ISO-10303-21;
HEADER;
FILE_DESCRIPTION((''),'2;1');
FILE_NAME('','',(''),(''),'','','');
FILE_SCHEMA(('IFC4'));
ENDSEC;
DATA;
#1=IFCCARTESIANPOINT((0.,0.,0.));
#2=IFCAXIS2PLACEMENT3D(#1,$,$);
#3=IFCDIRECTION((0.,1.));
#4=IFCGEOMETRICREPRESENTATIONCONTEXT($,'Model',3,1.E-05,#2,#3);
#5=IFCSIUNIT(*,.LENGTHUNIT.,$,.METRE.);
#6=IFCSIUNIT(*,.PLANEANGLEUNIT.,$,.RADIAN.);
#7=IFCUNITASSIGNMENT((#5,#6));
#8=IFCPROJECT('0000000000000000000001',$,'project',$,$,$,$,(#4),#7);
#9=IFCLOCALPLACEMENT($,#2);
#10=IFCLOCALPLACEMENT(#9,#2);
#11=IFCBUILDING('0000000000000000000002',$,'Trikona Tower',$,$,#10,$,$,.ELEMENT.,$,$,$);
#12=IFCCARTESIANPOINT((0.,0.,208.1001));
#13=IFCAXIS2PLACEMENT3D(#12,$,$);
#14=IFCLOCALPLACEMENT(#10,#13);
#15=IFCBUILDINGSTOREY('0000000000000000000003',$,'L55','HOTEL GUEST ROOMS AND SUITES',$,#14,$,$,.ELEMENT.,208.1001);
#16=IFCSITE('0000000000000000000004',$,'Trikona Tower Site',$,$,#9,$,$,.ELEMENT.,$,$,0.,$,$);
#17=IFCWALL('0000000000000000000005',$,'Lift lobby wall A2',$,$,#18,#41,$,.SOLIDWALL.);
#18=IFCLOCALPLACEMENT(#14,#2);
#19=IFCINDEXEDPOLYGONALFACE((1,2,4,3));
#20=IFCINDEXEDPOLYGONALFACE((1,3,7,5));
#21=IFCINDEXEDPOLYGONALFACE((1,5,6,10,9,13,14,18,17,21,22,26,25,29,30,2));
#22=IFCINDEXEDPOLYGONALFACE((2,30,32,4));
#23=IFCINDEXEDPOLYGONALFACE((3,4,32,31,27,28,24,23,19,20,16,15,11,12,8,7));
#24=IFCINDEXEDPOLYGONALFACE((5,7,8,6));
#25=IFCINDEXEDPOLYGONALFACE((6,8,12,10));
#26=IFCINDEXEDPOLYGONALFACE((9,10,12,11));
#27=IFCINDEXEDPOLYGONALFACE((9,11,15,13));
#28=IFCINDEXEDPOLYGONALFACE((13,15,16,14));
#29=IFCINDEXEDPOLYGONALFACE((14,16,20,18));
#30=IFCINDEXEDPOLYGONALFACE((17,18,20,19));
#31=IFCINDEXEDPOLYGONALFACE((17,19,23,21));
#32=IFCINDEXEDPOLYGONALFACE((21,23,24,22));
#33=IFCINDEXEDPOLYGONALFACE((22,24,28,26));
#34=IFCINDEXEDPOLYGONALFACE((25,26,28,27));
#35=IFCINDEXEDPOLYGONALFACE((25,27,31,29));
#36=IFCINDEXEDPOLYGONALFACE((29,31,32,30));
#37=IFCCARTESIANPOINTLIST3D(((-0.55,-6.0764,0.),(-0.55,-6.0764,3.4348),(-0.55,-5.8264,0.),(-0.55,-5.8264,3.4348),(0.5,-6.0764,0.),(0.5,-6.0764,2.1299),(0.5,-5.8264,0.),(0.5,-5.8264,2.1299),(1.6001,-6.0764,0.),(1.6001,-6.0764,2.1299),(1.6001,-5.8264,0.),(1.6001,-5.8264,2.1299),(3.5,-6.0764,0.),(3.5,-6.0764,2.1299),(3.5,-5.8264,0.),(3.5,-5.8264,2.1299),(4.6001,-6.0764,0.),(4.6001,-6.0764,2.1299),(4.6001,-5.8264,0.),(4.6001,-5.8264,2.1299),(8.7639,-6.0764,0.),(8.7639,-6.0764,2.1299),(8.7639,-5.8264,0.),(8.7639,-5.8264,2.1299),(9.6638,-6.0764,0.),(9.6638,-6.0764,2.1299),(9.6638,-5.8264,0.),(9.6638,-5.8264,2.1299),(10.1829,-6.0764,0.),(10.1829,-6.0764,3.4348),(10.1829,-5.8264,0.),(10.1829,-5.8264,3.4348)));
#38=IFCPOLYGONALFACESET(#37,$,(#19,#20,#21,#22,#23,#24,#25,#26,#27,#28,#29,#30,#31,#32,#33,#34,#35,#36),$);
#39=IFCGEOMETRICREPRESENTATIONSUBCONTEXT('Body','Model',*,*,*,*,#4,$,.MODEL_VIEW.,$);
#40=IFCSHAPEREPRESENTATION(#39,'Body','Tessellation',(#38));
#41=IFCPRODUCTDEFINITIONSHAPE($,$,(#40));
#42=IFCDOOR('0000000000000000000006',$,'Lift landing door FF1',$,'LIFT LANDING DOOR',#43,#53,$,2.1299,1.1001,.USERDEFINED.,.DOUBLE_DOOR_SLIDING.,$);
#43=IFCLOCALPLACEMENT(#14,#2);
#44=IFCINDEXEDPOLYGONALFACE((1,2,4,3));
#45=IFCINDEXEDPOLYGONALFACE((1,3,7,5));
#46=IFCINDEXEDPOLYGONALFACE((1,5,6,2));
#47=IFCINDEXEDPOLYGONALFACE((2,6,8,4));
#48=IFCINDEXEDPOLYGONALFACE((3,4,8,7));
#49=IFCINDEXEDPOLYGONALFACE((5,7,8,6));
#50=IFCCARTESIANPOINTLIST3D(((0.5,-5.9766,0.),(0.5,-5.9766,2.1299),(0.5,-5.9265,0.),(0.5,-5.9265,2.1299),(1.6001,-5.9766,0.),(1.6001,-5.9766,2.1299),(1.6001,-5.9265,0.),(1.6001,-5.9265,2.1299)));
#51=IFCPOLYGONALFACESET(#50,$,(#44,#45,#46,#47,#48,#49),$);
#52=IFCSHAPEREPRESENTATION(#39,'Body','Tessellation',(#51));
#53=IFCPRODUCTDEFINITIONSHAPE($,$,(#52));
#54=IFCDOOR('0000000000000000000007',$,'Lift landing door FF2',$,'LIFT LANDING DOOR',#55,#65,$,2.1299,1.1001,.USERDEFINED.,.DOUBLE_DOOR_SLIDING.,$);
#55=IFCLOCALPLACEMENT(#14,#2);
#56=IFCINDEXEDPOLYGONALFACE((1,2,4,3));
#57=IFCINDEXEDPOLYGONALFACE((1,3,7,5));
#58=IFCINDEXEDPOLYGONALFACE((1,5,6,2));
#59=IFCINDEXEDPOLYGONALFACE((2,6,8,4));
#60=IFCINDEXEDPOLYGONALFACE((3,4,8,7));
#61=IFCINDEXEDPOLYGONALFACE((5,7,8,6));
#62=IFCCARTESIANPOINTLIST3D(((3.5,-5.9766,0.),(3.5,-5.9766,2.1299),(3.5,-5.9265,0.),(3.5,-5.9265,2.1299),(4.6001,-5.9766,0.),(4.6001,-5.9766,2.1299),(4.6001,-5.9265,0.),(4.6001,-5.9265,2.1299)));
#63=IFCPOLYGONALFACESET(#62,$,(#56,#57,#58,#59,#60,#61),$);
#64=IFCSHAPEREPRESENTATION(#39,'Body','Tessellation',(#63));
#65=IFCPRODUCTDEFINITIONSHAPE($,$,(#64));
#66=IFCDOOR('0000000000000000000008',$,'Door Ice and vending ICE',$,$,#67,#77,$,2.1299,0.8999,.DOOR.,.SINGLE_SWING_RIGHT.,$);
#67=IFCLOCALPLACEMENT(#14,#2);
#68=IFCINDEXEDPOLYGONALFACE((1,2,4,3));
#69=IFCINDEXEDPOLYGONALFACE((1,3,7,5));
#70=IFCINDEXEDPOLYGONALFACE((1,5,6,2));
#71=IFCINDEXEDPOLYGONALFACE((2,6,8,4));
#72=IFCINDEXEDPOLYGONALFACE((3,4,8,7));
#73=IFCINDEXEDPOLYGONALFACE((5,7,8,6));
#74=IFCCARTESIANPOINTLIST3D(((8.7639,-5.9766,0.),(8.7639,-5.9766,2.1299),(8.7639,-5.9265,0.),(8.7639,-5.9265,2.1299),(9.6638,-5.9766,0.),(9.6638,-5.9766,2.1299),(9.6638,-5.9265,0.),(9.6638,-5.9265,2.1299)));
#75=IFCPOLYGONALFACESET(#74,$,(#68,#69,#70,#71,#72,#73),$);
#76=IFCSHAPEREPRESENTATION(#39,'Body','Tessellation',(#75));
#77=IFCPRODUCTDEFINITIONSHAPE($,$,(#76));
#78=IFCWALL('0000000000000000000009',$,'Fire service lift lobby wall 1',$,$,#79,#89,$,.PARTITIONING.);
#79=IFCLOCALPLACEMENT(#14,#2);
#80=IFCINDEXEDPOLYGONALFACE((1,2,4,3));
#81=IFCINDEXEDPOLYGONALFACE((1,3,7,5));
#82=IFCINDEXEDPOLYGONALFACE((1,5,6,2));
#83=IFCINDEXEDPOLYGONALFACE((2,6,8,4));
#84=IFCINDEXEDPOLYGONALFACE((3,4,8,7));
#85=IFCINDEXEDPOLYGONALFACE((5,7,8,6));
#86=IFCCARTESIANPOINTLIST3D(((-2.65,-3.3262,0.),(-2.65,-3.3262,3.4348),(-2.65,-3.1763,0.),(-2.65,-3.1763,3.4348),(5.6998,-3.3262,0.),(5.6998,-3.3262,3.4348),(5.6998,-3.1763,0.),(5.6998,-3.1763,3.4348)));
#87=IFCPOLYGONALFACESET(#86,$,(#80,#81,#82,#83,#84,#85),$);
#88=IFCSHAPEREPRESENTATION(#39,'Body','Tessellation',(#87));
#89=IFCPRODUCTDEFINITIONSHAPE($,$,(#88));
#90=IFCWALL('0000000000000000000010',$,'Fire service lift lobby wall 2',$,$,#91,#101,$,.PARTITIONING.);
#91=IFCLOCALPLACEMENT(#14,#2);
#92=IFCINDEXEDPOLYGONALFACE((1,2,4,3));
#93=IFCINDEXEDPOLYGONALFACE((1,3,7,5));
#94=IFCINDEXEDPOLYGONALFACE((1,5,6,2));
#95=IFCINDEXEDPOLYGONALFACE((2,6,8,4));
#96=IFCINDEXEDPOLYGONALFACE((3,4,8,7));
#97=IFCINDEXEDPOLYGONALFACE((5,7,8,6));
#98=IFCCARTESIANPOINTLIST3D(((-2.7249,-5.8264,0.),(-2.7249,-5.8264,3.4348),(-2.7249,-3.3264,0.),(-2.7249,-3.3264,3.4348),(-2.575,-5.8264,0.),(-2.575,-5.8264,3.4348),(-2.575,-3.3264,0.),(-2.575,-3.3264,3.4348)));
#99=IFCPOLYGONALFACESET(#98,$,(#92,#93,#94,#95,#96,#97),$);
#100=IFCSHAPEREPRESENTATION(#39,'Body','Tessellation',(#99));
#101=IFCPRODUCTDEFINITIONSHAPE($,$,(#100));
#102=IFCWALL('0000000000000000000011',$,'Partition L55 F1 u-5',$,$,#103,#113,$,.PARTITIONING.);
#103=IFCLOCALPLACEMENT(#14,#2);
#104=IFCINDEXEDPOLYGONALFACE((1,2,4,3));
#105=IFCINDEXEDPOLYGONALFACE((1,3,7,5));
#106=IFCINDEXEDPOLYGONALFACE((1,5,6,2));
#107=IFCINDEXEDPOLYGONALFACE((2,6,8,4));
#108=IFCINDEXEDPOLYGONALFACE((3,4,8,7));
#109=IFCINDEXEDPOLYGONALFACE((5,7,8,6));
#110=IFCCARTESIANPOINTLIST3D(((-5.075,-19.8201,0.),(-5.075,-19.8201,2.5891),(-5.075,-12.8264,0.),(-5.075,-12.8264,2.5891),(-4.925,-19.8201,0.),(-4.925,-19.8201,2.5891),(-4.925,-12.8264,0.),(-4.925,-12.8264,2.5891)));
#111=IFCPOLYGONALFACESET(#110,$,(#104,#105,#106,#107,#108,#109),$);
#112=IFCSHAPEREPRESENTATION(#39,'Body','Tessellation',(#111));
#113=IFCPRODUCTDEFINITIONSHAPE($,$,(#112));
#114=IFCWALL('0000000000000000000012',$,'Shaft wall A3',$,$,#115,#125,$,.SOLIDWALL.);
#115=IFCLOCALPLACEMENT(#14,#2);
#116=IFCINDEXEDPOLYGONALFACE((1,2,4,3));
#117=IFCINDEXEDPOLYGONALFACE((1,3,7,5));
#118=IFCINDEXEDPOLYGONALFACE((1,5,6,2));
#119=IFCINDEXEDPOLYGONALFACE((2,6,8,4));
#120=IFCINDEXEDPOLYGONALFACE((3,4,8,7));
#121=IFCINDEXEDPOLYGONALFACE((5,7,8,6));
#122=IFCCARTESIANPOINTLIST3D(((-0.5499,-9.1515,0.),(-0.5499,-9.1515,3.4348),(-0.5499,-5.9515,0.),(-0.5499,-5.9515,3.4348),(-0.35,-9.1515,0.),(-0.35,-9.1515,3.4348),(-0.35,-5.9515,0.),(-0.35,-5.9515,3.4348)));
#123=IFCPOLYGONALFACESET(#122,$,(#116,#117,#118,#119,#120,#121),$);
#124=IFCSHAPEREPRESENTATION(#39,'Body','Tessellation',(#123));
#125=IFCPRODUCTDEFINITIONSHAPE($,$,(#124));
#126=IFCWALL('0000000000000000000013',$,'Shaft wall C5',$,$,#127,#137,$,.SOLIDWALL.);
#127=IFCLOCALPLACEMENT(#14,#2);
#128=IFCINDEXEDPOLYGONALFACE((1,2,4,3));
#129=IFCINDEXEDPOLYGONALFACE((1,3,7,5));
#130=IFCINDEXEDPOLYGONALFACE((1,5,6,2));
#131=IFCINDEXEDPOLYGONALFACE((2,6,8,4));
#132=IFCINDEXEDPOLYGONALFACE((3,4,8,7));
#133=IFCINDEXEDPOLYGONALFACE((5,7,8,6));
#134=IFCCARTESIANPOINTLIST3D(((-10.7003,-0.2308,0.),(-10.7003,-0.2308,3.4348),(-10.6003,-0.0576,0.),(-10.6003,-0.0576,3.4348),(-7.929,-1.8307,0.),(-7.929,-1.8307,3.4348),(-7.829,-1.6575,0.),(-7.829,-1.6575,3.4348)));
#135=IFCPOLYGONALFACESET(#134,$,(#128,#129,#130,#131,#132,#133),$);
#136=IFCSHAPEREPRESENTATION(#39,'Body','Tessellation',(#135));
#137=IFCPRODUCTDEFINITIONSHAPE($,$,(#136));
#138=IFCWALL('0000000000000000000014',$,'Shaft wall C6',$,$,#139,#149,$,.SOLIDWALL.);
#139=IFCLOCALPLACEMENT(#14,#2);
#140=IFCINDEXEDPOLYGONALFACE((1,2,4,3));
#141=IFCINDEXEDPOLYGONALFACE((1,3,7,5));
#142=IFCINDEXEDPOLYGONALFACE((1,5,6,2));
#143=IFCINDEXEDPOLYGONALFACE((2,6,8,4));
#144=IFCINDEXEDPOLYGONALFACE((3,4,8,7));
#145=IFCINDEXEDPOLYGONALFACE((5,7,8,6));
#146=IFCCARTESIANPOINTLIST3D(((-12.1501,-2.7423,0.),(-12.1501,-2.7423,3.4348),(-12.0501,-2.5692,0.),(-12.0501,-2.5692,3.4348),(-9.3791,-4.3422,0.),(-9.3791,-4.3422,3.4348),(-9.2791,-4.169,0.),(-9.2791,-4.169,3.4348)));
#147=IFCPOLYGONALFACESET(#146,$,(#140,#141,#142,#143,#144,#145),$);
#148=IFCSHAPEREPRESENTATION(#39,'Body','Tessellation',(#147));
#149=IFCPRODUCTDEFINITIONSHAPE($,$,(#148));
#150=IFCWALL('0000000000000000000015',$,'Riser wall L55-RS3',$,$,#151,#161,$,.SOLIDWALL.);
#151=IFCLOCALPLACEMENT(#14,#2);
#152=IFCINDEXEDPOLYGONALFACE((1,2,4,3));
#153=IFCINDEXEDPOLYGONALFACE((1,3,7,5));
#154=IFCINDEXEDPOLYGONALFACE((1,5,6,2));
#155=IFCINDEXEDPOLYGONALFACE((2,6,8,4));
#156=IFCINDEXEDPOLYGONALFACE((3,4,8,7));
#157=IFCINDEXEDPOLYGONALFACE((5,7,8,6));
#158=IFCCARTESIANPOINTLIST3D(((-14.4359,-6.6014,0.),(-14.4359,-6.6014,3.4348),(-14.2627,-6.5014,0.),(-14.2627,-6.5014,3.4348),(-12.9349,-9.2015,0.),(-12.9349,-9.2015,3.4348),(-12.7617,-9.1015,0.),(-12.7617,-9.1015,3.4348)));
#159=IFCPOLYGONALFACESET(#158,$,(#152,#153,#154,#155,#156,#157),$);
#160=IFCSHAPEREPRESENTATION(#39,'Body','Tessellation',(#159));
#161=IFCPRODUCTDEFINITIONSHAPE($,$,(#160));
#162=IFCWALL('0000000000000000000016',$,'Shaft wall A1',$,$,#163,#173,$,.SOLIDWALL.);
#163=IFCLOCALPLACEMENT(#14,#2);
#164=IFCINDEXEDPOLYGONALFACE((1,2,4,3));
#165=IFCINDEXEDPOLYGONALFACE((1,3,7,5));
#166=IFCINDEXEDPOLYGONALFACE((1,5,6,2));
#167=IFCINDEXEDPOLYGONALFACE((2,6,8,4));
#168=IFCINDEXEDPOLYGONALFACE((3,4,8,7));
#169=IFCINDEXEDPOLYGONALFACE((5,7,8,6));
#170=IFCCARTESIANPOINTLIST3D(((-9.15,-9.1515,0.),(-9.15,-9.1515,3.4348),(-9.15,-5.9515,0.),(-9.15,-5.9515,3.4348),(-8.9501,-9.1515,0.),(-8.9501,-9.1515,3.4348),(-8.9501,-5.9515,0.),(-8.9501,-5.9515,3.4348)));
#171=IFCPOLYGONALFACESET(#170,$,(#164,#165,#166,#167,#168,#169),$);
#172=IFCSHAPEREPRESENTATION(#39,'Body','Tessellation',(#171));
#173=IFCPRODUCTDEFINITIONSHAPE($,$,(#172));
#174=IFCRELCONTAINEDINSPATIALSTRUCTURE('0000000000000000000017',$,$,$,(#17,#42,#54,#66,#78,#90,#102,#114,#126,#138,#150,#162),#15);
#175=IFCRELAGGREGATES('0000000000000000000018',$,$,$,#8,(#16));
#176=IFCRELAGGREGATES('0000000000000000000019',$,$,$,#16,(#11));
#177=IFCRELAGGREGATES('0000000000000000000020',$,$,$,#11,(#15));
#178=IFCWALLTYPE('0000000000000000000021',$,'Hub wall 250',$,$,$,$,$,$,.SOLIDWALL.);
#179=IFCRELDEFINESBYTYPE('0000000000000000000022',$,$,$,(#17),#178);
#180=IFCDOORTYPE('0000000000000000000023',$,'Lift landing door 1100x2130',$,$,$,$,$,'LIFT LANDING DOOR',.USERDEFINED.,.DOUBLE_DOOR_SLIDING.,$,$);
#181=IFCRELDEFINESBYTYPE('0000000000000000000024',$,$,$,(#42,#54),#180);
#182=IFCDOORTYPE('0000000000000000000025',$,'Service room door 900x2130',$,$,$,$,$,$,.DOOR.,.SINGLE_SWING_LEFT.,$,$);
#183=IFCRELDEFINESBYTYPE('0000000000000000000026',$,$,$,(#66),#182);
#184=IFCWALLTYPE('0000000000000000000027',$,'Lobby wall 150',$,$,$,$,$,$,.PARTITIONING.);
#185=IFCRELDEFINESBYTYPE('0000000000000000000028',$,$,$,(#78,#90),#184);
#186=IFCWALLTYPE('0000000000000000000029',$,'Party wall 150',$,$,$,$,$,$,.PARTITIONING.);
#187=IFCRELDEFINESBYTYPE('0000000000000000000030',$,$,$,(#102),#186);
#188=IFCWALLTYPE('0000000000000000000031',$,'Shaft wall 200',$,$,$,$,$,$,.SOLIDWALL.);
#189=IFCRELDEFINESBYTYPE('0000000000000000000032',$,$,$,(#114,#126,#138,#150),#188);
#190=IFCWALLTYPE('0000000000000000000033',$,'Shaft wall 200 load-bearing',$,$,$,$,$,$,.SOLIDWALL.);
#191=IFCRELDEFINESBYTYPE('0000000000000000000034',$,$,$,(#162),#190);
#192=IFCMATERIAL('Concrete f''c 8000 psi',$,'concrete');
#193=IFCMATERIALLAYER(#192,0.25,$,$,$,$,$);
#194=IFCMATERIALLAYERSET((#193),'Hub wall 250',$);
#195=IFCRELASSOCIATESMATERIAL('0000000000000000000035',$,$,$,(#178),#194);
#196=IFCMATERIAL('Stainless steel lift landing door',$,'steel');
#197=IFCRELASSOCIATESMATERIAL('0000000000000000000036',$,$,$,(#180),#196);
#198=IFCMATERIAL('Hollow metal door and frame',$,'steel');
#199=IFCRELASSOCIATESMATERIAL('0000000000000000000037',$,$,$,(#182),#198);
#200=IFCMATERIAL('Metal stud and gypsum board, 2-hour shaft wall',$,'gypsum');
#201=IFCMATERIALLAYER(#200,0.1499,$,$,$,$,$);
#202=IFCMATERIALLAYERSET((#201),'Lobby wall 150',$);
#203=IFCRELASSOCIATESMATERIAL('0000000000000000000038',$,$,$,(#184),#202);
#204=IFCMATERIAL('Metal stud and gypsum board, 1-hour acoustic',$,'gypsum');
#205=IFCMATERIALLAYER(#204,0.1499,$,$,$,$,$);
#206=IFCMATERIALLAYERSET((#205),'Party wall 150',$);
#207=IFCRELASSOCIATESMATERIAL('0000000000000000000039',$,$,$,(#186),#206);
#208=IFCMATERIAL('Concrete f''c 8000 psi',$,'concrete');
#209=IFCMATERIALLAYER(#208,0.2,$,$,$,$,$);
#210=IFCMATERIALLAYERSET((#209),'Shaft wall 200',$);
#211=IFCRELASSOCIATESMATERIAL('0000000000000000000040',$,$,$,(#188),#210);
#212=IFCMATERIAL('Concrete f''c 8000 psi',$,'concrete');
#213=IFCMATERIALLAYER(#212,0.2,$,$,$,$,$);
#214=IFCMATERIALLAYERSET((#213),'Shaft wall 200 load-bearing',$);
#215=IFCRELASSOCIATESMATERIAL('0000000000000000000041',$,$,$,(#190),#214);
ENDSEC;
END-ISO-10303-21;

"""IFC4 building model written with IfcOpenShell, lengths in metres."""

from ifc_helpers import new_model, si_unit, direction, frame, frame_2d, origin, place, context, subcontext, project, spatial, rectangle, extrude, material, layer, layer_set, type_object, element, fill, save


model = new_model("IFC4")

# Units and contexts
model_context = context("Model", 3, precision=1e-05, world=origin(), true_north=direction((0.0, 1.0)))
body_context = subcontext(model_context, "Body", "Model", "MODEL_VIEW")
ifc_project = project(units=[si_unit("LENGTHUNIT", "METRE"), si_unit("PLANEANGLEUNIT", "RADIAN")], contexts=[model_context])

# Site, building, storey
site_placement = place(None, origin())
site = spatial("IfcSite", under=ifc_project, at=site_placement, Name="Trikona Tower Site", CompositionType="ELEMENT", RefElevation=0.0)
building_placement = place(site_placement, origin())
building = spatial("IfcBuilding", under=site, at=building_placement, Name="Trikona Tower", CompositionType="ELEMENT")
storey_placement = place(building_placement, frame((0.0, 0.0, 208.1001)))
storey = spatial("IfcBuildingStorey", under=building, at=storey_placement, Name="L55", Description="HOTEL GUEST ROOMS AND SUITES", CompositionType="ELEMENT", Elevation=208.1001)

# Shared definitions
ifc_material_1 = material(Name="Concrete f'c 8000 psi", Category="concrete")
ifc_layer_1 = layer(ifc_material_1, 0.25)
ifc_layer_set_1 = layer_set([ifc_layer_1], Name="Hub wall 250")
wall_type_1 = type_object("IfcWallType", Name="Hub wall 250", PredefinedType="SOLIDWALL", material=ifc_layer_set_1)

# Wall, openings, doors
wall_1_placement = place(storey_placement, frame((-0.55, -5.9514, 0.0), z_axis=(0.0, 0.0, 1.0), x_axis=(1.0, 0.0, 0.0)))
wall_1 = element("IfcWall", 1, at=wall_1_placement, inside=storey, type_object=wall_type_1, Name="Lift lobby wall A2", PredefinedType="SOLIDWALL", context=body_context, shape_type="SweptSolid", body=[
    extrude(rectangle(XDim=10.7329, YDim=0.25, at=frame_2d((5.3665, 0.0))), origin(), (0.0, 0.0, 1.0), 3.4348),
])
opening_1_placement = place(wall_1_placement, frame((9.314, 0.0, 0.0)))
opening_1 = element("IfcOpeningElement", 2, at=opening_1_placement, cuts=wall_1, PredefinedType="OPENING", context=body_context, shape_type="SweptSolid", body=[
    extrude(rectangle(XDim=0.8999, YDim=2.1299, at=frame_2d((0.45, 1.0649))), frame((0.0, 0.135, 0.0), z_axis=(0.0, -1.0, 0.0), x_axis=(1.0, 0.0, 0.0)), (0.0, 0.0, 1.0), 0.27),
])
opening_2_placement = place(wall_1_placement, frame((1.05, 0.0, 0.0)))
opening_2 = element("IfcOpeningElement", 3, at=opening_2_placement, cuts=wall_1, PredefinedType="OPENING", context=body_context, shape_type="SweptSolid", body=[
    extrude(rectangle(XDim=1.1001, YDim=2.1299, at=frame_2d((0.55, 1.0649))), frame((0.0, 0.135, 0.0), z_axis=(0.0, -1.0, 0.0), x_axis=(1.0, 0.0, 0.0)), (0.0, 0.0, 1.0), 0.27),
])
opening_3_placement = place(wall_1_placement, frame((4.05, 0.0, 0.0)))
opening_3 = element("IfcOpeningElement", 4, at=opening_3_placement, cuts=wall_1, PredefinedType="OPENING", context=body_context, shape_type="SweptSolid", body=[
    extrude(rectangle(XDim=1.1001, YDim=2.1299, at=frame_2d((0.55, 1.0649))), frame((0.0, 0.135, 0.0), z_axis=(0.0, -1.0, 0.0), x_axis=(1.0, 0.0, 0.0)), (0.0, 0.0, 1.0), 0.27),
])
ifc_material_2 = material(Name="Stainless steel lift landing door", Category="steel")
door_type_1 = type_object("IfcDoorType", Name="Lift landing door 1100x2130", ElementType="LIFT LANDING DOOR", OperationType="DOUBLE_DOOR_SLIDING", PredefinedType="USERDEFINED", material=ifc_material_2)
door_1_placement = place(opening_2_placement, origin())
door_1 = element("IfcDoor", 5, at=door_1_placement, inside=storey, type_object=door_type_1, Name="Lift landing door FF1", ObjectType="LIFT LANDING DOOR", OperationType="DOUBLE_DOOR_SLIDING", OverallHeight=2.1299, OverallWidth=1.1001, PredefinedType="USERDEFINED", context=body_context, shape_type="SweptSolid", body=[
    extrude(rectangle(XDim=1.1001, YDim=2.1299, at=frame_2d((0.55, 1.0649))), frame((0.0, 0.0249, 0.0), z_axis=(0.0, -1.0, 0.0), x_axis=(1.0, 0.0, 0.0)), (0.0, 0.0, 1.0), 0.05),
])
fill(opening_2, door_1)
door_2_placement = place(opening_3_placement, origin())
door_2 = element("IfcDoor", 6, at=door_2_placement, inside=storey, type_object=door_type_1, Name="Lift landing door FF2", ObjectType="LIFT LANDING DOOR", OperationType="DOUBLE_DOOR_SLIDING", OverallHeight=2.1299, OverallWidth=1.1001, PredefinedType="USERDEFINED", context=body_context, shape_type="SweptSolid", body=[
    extrude(rectangle(XDim=1.1001, YDim=2.1299, at=frame_2d((0.55, 1.0649))), frame((0.0, 0.0249, 0.0), z_axis=(0.0, -1.0, 0.0), x_axis=(1.0, 0.0, 0.0)), (0.0, 0.0, 1.0), 0.05),
])
fill(opening_3, door_2)
ifc_material_3 = material(Name="Hollow metal door and frame", Category="steel")
door_type_2 = type_object("IfcDoorType", Name="Service room door 900x2130", OperationType="SINGLE_SWING_LEFT", PredefinedType="DOOR", material=ifc_material_3)
door_3_placement = place(opening_1_placement, origin())
door_3 = element("IfcDoor", 7, at=door_3_placement, inside=storey, type_object=door_type_2, Name="Door Ice and vending ICE", OperationType="SINGLE_SWING_RIGHT", OverallHeight=2.1299, OverallWidth=0.8999, PredefinedType="DOOR", context=body_context, shape_type="SweptSolid", body=[
    extrude(rectangle(XDim=0.8999, YDim=2.1299, at=frame_2d((0.45, 1.0649))), frame((0.0, 0.0249, 0.0), z_axis=(0.0, -1.0, 0.0), x_axis=(1.0, 0.0, 0.0)), (0.0, 0.0, 1.0), 0.05),
])
fill(opening_1, door_3)

# Walls
ifc_material_4 = material(Name="Metal stud and gypsum board, 2-hour shaft wall", Category="gypsum")
ifc_layer_2 = layer(ifc_material_4, 0.1499)
ifc_layer_set_2 = layer_set([ifc_layer_2], Name="Lobby wall 150")
wall_type_2 = type_object("IfcWallType", Name="Lobby wall 150", PredefinedType="PARTITIONING", material=ifc_layer_set_2)
wall_2_placement = place(storey_placement, frame((-2.6499, -3.2512, 0.0), z_axis=(0.0, 0.0, 1.0), x_axis=(1.0, 0.0, 0.0)))
element("IfcWall", 8, at=wall_2_placement, inside=storey, type_object=wall_type_2, Name="Fire service lift lobby wall 1", PredefinedType="PARTITIONING", context=body_context, shape_type="SweptSolid", body=[
    extrude(rectangle(XDim=8.3499, YDim=0.1499, at=frame_2d((4.1748, 0.0))), origin(), (0.0, 0.0, 1.0), 3.4348),
])
wall_3_placement = place(storey_placement, frame((-2.6499, -5.8264, 0.0), z_axis=(0.0, 0.0, 1.0), x_axis=(0.0, 1.0, 0.0)))
element("IfcWall", 9, at=wall_3_placement, inside=storey, type_object=wall_type_2, Name="Fire service lift lobby wall 2", PredefinedType="PARTITIONING", context=body_context, shape_type="SweptSolid", body=[
    extrude(rectangle(XDim=2.5, YDim=0.1499, at=frame_2d((1.25, 0.0))), origin(), (0.0, 0.0, 1.0), 3.4348),
])
ifc_material_5 = material(Name="Metal stud and gypsum board, 1-hour acoustic", Category="gypsum")
ifc_layer_3 = layer(ifc_material_5, 0.1499)
ifc_layer_set_3 = layer_set([ifc_layer_3], Name="Party wall 150")
wall_type_3 = type_object("IfcWallType", Name="Party wall 150", PredefinedType="PARTITIONING", material=ifc_layer_set_3)
wall_4_placement = place(storey_placement, frame((-5.0, -12.8264, 0.0), z_axis=(0.0, 0.0, 1.0), x_axis=(0.0, -1.0, 0.0)))
element("IfcWall", 10, at=wall_4_placement, inside=storey, type_object=wall_type_3, Name="Partition L55 F1 u-5", PredefinedType="PARTITIONING", context=body_context, shape_type="SweptSolid", body=[
    extrude(rectangle(XDim=6.9937, YDim=0.1499, at=frame_2d((3.4968, 0.0))), origin(), (0.0, 0.0, 1.0), 2.5891),
])
ifc_material_6 = material(Name="Concrete f'c 8000 psi", Category="concrete")
ifc_layer_4 = layer(ifc_material_6, 0.2)
ifc_layer_set_4 = layer_set([ifc_layer_4], Name="Shaft wall 200")
wall_type_4 = type_object("IfcWallType", Name="Shaft wall 200", PredefinedType="SOLIDWALL", material=ifc_layer_set_4)
for number, where, z_axis, x_axis, name in (
    (11, (-0.45, -5.9514, 0.0), (0.0, 0.0, 1.0), (0.0, -1.0, 0.0), "Shaft wall A3"),
    (12, (-7.8789, -1.7441, 0.0), (0.0, 0.0, 1.0), (-0.866042, 0.499971, 0.0), "Shaft wall C5"),
):
    element("IfcWall", number, at=place(storey_placement, frame(where, z_axis=z_axis, x_axis=x_axis)), inside=storey, type_object=wall_type_4, Name=name, PredefinedType="SOLIDWALL", context=body_context, shape_type="SweptSolid", body=[
        extrude(rectangle(XDim=3.2, YDim=0.2, at=frame_2d((1.6001, 0.0))), origin(), (0.0, 0.0, 1.0), 3.4348),
    ])
wall_5_placement = place(storey_placement, frame((-9.3291, -4.2556, 0.0), z_axis=(0.0, 0.0, 1.0), x_axis=(-0.866023, 0.500004, 0.0)))
element("IfcWall", 13, at=wall_5_placement, inside=storey, type_object=wall_type_4, Name="Shaft wall C6", PredefinedType="SOLIDWALL", context=body_context, shape_type="SweptSolid", body=[
    extrude(rectangle(XDim=3.1997, YDim=0.2, at=frame_2d((1.5999, 0.0))), origin(), (0.0, 0.0, 1.0), 3.4348),
])
wall_6_placement = place(storey_placement, frame((-12.8484, -9.1514, 0.0), z_axis=(0.0, 0.0, 1.0), x_axis=(-0.499952, 0.866053, 0.0)))
element("IfcWall", 14, at=wall_6_placement, inside=storey, type_object=wall_type_4, Name="Riser wall L55-RS3", PredefinedType="SOLIDWALL", context=body_context, shape_type="SweptSolid", body=[
    extrude(rectangle(XDim=3.0022, YDim=0.2, at=frame_2d((1.501, 0.0))), origin(), (0.0, 0.0, 1.0), 3.4348),
])
ifc_material_7 = material(Name="Concrete f'c 8000 psi", Category="concrete")
ifc_layer_5 = layer(ifc_material_7, 0.2)
ifc_layer_set_5 = layer_set([ifc_layer_5], Name="Shaft wall 200 load-bearing")
wall_type_5 = type_object("IfcWallType", Name="Shaft wall 200 load-bearing", PredefinedType="SOLIDWALL", material=ifc_layer_set_5)
wall_7_placement = place(storey_placement, frame((-9.05, -5.9514, 0.0), z_axis=(0.0, 0.0, 1.0), x_axis=(0.0, -1.0, 0.0)))
element("IfcWall", 15, at=wall_7_placement, inside=storey, type_object=wall_type_5, Name="Shaft wall A1", PredefinedType="SOLIDWALL", context=body_context, shape_type="SweptSolid", body=[
    extrude(rectangle(XDim=3.2, YDim=0.2, at=frame_2d((1.6001, 0.0))), origin(), (0.0, 0.0, 1.0), 3.4348),
])

save(model, "model.ifc")
